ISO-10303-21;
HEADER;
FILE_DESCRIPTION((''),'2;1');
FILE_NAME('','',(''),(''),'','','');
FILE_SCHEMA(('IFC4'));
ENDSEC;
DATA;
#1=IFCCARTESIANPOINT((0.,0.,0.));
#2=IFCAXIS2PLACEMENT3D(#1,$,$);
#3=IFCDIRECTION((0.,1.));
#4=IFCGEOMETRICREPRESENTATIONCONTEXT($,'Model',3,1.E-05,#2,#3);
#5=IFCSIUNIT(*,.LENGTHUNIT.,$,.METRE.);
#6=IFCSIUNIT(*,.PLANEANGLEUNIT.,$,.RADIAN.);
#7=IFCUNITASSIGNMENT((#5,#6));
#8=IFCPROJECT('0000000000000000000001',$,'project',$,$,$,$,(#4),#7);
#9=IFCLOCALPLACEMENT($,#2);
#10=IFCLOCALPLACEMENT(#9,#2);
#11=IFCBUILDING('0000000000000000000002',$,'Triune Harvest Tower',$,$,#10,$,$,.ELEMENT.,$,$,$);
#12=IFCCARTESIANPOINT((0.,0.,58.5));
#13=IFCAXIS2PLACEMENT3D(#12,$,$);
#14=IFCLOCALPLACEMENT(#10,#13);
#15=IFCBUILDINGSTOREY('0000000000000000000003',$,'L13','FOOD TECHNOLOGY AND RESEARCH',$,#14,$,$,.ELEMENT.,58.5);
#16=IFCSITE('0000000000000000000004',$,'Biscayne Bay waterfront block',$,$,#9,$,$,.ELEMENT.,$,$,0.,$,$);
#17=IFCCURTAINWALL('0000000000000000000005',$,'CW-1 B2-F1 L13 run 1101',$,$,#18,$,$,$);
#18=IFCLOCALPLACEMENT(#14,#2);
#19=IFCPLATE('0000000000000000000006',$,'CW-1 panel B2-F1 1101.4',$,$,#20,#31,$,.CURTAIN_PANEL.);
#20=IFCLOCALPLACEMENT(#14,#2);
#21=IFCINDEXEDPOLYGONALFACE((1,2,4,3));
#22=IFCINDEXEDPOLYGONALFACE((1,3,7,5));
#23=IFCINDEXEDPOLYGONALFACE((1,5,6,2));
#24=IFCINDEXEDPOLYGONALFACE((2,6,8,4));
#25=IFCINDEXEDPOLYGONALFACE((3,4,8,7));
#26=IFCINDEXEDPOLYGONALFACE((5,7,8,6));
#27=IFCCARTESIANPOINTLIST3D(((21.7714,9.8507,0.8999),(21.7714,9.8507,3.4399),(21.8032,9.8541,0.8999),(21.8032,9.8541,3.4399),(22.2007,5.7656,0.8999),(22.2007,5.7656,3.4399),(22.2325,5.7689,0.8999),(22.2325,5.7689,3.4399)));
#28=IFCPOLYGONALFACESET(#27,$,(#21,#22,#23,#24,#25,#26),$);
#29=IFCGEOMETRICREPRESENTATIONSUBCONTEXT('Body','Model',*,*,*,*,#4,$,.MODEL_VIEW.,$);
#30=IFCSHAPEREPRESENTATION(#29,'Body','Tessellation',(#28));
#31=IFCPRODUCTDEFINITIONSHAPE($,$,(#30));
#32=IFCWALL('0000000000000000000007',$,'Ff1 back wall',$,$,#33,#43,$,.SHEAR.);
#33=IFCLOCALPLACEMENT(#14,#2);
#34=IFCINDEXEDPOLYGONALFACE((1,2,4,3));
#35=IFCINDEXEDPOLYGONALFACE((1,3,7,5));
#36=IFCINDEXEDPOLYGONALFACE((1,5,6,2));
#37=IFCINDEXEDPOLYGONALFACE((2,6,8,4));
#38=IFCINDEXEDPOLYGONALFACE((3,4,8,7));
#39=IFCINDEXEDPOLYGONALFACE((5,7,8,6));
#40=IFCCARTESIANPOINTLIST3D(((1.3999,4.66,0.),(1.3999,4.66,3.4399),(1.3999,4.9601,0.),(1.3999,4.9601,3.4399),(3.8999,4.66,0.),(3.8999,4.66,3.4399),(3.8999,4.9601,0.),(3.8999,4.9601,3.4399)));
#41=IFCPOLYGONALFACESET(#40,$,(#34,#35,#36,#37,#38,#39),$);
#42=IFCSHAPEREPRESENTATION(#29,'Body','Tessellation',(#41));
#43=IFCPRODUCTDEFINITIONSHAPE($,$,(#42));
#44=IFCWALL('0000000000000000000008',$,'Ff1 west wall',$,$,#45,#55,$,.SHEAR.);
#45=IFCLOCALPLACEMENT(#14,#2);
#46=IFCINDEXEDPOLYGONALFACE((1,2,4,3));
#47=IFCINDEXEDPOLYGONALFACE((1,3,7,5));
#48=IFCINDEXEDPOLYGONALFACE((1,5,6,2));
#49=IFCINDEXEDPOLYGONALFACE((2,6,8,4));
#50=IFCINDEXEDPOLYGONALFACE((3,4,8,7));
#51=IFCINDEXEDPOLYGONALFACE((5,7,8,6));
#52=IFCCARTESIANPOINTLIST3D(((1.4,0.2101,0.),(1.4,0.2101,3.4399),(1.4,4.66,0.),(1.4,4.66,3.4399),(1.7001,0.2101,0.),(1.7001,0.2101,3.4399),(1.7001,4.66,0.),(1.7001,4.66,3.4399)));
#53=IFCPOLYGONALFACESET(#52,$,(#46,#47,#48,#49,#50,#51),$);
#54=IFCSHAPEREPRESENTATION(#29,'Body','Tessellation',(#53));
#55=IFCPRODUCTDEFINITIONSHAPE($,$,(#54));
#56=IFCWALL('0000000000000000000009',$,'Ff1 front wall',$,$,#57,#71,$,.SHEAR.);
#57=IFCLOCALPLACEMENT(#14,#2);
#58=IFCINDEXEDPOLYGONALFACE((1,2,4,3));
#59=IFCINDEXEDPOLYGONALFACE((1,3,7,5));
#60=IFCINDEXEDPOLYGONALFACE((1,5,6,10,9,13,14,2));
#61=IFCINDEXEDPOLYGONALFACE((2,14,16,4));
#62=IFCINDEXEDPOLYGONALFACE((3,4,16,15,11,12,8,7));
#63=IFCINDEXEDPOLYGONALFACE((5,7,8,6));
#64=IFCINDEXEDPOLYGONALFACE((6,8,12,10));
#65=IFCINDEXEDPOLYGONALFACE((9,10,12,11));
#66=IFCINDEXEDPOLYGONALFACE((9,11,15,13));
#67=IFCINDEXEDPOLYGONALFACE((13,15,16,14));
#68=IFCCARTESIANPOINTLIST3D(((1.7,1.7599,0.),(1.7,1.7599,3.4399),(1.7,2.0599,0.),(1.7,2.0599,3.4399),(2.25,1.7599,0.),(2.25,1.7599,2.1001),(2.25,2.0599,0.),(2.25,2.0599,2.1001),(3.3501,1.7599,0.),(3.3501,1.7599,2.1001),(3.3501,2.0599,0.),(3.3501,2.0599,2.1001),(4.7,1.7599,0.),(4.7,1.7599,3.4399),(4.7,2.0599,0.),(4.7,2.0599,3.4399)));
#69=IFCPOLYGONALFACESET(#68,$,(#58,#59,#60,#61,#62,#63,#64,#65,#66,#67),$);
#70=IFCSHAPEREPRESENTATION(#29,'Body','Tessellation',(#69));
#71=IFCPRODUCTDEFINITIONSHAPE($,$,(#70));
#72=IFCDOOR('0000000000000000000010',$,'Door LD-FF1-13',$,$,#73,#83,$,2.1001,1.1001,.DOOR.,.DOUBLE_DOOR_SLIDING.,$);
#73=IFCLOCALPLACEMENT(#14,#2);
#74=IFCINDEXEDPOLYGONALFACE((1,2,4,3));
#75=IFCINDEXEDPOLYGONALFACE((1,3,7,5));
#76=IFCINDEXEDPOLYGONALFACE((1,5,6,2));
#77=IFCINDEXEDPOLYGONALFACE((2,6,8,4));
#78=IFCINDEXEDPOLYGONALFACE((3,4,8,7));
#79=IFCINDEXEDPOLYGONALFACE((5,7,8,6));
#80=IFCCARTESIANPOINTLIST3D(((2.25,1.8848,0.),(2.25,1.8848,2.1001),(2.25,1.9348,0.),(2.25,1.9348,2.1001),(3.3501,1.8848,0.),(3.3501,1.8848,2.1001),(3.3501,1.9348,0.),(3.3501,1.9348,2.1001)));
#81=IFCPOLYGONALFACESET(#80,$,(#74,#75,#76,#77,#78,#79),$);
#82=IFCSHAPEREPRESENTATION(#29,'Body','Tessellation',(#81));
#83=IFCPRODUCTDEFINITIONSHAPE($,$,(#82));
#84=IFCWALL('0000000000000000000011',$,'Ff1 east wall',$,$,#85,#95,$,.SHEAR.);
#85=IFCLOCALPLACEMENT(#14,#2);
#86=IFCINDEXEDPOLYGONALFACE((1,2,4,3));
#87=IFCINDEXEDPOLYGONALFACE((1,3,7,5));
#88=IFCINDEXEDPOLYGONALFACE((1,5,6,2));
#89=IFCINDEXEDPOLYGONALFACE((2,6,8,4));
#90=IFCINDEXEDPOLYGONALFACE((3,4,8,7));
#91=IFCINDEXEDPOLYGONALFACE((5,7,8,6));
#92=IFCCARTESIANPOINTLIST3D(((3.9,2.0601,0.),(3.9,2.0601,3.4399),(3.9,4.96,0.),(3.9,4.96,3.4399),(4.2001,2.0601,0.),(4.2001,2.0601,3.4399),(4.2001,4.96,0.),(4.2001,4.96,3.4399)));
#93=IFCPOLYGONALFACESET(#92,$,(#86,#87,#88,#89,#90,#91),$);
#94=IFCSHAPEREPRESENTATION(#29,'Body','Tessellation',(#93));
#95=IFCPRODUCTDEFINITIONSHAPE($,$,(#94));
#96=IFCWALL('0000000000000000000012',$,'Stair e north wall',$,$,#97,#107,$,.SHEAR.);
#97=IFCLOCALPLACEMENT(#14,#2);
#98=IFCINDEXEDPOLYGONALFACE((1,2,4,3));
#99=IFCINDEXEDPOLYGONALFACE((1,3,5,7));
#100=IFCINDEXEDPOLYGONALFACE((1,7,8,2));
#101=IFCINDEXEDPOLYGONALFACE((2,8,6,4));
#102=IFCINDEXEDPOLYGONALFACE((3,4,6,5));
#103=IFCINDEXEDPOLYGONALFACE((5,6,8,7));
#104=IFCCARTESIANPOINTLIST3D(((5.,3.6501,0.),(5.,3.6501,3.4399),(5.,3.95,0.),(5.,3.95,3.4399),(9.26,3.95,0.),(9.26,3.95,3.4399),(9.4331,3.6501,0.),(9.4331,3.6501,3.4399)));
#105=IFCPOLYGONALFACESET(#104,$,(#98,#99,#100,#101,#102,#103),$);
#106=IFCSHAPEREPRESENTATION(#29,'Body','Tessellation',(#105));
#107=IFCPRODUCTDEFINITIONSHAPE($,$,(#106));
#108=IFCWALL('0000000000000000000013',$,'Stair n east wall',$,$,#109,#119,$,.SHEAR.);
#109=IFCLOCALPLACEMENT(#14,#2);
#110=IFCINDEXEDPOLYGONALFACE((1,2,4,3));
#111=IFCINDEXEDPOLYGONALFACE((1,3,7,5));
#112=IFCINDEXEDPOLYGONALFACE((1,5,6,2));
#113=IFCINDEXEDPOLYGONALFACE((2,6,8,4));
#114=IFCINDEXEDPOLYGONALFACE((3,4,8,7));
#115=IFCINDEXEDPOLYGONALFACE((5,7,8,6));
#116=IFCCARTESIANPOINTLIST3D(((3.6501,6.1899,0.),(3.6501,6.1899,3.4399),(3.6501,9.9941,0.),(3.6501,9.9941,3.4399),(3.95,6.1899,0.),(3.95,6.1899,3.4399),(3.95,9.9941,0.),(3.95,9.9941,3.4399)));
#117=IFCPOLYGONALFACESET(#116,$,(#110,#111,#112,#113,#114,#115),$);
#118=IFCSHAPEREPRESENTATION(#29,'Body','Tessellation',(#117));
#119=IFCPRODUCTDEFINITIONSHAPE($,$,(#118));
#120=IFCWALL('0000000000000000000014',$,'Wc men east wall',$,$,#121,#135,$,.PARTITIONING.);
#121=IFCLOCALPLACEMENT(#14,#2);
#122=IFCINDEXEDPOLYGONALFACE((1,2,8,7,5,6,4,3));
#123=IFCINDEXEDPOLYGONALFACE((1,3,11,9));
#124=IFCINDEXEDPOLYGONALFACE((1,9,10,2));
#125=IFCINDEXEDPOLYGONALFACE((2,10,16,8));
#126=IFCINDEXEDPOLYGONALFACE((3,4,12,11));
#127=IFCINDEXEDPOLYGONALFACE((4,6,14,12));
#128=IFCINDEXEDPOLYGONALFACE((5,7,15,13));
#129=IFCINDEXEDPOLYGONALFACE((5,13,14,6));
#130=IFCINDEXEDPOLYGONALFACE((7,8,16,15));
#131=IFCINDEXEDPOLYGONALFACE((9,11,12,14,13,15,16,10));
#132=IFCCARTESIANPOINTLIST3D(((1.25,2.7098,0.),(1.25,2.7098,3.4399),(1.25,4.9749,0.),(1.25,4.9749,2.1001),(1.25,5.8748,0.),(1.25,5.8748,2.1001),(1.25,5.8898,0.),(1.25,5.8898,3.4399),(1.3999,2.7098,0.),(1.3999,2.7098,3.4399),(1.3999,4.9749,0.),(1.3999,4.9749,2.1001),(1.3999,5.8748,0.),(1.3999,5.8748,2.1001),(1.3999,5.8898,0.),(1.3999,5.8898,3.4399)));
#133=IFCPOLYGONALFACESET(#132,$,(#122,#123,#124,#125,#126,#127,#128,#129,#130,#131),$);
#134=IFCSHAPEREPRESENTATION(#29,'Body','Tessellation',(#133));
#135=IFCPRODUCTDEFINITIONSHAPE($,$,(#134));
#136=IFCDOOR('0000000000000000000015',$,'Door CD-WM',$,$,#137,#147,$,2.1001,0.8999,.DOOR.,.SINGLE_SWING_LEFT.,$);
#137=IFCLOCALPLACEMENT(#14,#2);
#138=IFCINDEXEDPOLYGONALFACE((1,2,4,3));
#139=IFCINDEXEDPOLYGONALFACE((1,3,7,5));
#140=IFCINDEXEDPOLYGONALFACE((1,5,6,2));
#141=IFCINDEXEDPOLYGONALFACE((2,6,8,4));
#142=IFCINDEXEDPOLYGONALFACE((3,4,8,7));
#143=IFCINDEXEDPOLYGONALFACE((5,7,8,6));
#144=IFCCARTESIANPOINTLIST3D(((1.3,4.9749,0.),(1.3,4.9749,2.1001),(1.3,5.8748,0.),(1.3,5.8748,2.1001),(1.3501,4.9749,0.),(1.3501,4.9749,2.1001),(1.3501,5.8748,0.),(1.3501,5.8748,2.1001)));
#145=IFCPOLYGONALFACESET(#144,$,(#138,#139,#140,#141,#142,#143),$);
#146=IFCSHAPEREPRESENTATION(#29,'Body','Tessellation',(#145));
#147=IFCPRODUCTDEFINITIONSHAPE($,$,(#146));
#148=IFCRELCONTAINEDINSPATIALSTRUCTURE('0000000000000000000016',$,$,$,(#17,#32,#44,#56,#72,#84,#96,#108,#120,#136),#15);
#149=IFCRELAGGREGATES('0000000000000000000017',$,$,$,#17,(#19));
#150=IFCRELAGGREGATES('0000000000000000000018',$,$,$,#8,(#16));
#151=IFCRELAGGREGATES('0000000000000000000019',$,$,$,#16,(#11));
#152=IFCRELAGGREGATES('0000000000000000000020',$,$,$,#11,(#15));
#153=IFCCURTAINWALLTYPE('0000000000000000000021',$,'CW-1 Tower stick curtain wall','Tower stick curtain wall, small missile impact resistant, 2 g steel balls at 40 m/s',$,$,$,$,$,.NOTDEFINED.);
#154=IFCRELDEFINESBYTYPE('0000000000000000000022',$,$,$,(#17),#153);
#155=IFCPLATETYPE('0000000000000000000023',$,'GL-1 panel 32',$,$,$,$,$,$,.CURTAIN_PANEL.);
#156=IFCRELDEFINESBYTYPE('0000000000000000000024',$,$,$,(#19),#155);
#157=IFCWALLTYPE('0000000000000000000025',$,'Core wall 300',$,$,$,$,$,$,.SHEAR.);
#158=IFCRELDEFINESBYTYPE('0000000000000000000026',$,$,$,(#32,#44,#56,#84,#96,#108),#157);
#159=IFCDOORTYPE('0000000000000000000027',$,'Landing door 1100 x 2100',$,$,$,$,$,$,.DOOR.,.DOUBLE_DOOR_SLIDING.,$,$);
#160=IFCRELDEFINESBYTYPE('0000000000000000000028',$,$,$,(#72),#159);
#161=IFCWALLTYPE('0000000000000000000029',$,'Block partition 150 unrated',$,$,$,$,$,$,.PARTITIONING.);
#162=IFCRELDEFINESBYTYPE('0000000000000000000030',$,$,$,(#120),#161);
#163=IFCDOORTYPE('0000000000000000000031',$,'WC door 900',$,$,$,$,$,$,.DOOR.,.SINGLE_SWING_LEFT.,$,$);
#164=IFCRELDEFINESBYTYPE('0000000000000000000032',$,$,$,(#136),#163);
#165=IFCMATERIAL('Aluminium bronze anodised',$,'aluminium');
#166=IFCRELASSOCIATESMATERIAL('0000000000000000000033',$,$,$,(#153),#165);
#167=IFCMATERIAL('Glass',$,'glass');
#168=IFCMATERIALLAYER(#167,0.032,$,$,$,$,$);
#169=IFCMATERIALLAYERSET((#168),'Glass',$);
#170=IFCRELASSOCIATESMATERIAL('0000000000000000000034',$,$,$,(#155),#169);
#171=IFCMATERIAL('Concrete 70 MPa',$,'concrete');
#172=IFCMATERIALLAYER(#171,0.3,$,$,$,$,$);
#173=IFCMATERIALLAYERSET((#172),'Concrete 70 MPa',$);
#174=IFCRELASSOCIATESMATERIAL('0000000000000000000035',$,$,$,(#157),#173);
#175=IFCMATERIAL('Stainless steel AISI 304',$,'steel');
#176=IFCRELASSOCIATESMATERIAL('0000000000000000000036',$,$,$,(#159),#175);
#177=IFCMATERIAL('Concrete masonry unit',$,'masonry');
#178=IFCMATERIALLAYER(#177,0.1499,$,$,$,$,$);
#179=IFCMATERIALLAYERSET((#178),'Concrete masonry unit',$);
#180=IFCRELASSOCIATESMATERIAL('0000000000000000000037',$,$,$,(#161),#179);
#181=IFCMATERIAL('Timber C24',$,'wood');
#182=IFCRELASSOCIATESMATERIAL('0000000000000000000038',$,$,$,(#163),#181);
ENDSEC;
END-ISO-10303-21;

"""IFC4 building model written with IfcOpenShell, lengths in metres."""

from ifc_helpers import new_model, si_unit, direction, frame, frame_2d, origin, origin_2d, place, context, subcontext, project, spatial, polyline, rectangle, outline, extrude, source, transform, mapped, material, layer, layer_set, type_object, element, fill, aggregate, save


model = new_model("IFC4")

# Units and contexts
model_context = context("Model", 3, precision=1e-05, world=origin(), true_north=direction((0.0, 1.0)))
body_context = subcontext(model_context, "Body", "Model", "MODEL_VIEW")
ifc_project = project(units=[si_unit("LENGTHUNIT", "METRE"), si_unit("PLANEANGLEUNIT", "RADIAN")], contexts=[model_context])

# Site, building, storey
site_placement = place(None, origin())
site = spatial("IfcSite", under=ifc_project, at=site_placement, Name="Biscayne Bay waterfront block", CompositionType="ELEMENT", RefElevation=0.0)
building_placement = place(site_placement, origin())
building = spatial("IfcBuilding", under=site, at=building_placement, Name="Triune Harvest Tower", CompositionType="ELEMENT")
storey_placement = place(building_placement, frame((0.0, 0.0, 58.5)))
storey = spatial("IfcBuildingStorey", under=building, at=storey_placement, Name="L13", Description="FOOD TECHNOLOGY AND RESEARCH", CompositionType="ELEMENT", Elevation=58.5)

# Curtain wall, plate
ifc_material_1 = material(Name="Aluminium bronze anodised", Category="aluminium")
curtain_wall_type = type_object("IfcCurtainWallType", Name="CW-1 Tower stick curtain wall", Description="Tower stick curtain wall, small missile impact resistant, 2 g steel balls at 40 m/s", PredefinedType="NOTDEFINED", material=ifc_material_1)
curtain_wall_placement = place(storey_placement, origin())
curtain_wall = element("IfcCurtainWall", 1, at=curtain_wall_placement, inside=storey, type_object=curtain_wall_type, Name="CW-1 B2-F1 L13 run 1101")
ifc_material_2 = material(Name="Glass", Category="glass")
ifc_layer_1 = layer(ifc_material_2, 0.032)
ifc_layer_set_1 = layer_set([ifc_layer_1], Name="Glass")
plate_type = type_object("IfcPlateType", Name="GL-1 panel 32", PredefinedType="CURTAIN_PANEL", material=ifc_layer_set_1)
shared_shape_1 = source(origin(), body_context, "Body", "SweptSolid", [
    extrude(rectangle(XDim=4.1077, YDim=0.032, at=origin_2d()), origin(), (0.0, 0.0, 1.0), 2.54),
])
plate_1_placement = place(storey_placement, frame((22.002, 7.8098, 0.8999), z_axis=(0.0, 0.0, 1.0), x_axis=(-0.104528, 0.994522, 0.0)))
plate_1 = element("IfcPlate", 2, at=plate_1_placement, type_object=plate_type, Name="CW-1 panel B2-F1 1101.4", PredefinedType="CURTAIN_PANEL", context=body_context, shape_type="MappedRepresentation", body=[
    mapped(shared_shape_1, transform((0.0, 0.0, 0.0), scale=1.0)),
])
aggregate(curtain_wall, [plate_1])

# Walls
ifc_material_3 = material(Name="Concrete 70 MPa", Category="concrete")
ifc_layer_2 = layer(ifc_material_3, 0.3)
ifc_layer_set_2 = layer_set([ifc_layer_2], Name="Concrete 70 MPa")
wall_type_1 = type_object("IfcWallType", Name="Core wall 300", PredefinedType="SHEAR", material=ifc_layer_set_2)
shared_shape_2 = source(origin(), body_context, "Body", "SweptSolid", [
    extrude(rectangle(XDim=2.5, YDim=0.3, at=frame_2d((1.25, 0.0))), origin(), (0.0, 0.0, 1.0), 3.4399),
])
wall_1_placement = place(storey_placement, frame((1.3999, 4.8101, 0.0), z_axis=(0.0, 0.0, 1.0), x_axis=(1.0, 0.0, 0.0)))
element("IfcWall", 3, at=wall_1_placement, inside=storey, type_object=wall_type_1, Name="Ff1 back wall", PredefinedType="SHEAR", context=body_context, shape_type="MappedRepresentation", body=[
    mapped(shared_shape_2, transform((0.0, 0.0, 0.0), scale=1.0)),
])
shared_shape_3 = source(origin(), body_context, "Body", "SweptSolid", [
    extrude(rectangle(XDim=4.45, YDim=0.3, at=frame_2d((2.2251, 0.0))), origin(), (0.0, 0.0, 1.0), 3.4399),
])
wall_2_placement = place(storey_placement, frame((1.55, 0.21, 0.0), z_axis=(0.0, 0.0, 1.0), x_axis=(0.0, 1.0, 0.0)))
element("IfcWall", 4, at=wall_2_placement, inside=storey, type_object=wall_type_1, Name="Ff1 west wall", PredefinedType="SHEAR", context=body_context, shape_type="MappedRepresentation", body=[
    mapped(shared_shape_3, transform((0.0, 0.0, 0.0), scale=1.0)),
])

# Wall, opening, door
shared_shape_4 = source(origin(), body_context, "Body", "SweptSolid", [
    extrude(rectangle(XDim=3.0, YDim=0.3, at=frame_2d((1.5, 0.0))), origin(), (0.0, 0.0, 1.0), 3.4399),
])
wall_3_placement = place(storey_placement, frame((1.7, 1.9099, 0.0), z_axis=(0.0, 0.0, 1.0), x_axis=(1.0, 0.0, 0.0)))
wall_3 = element("IfcWall", 5, at=wall_3_placement, inside=storey, type_object=wall_type_1, Name="Ff1 front wall", PredefinedType="SHEAR", context=body_context, shape_type="MappedRepresentation", body=[
    mapped(shared_shape_4, transform((0.0, 0.0, 0.0), scale=1.0)),
])
opening_1_placement = place(wall_3_placement, frame((0.55, 0.0, 0.0)))
opening_1 = element("IfcOpeningElement", 6, at=opening_1_placement, cuts=wall_3, PredefinedType="OPENING", context=body_context, shape_type="SweptSolid", body=[
    extrude(rectangle(XDim=1.1001, YDim=2.1001, at=frame_2d((0.55, 1.05))), frame((0.0, 0.1602, 0.0), z_axis=(0.0, -1.0, 0.0), x_axis=(1.0, 0.0, 0.0)), (0.0, 0.0, 1.0), 0.3201),
])
ifc_material_4 = material(Name="Stainless steel AISI 304", Category="steel")
door_type_1 = type_object("IfcDoorType", Name="Landing door 1100 x 2100", OperationType="DOUBLE_DOOR_SLIDING", PredefinedType="DOOR", material=ifc_material_4)
door_1_placement = place(opening_1_placement, origin())
door_1 = element("IfcDoor", 7, at=door_1_placement, inside=storey, type_object=door_type_1, Name="Door LD-FF1-13", OperationType="DOUBLE_DOOR_SLIDING", OverallHeight=2.1001, OverallWidth=1.1001, PredefinedType="DOOR", context=body_context, shape_type="SweptSolid", body=[
    extrude(rectangle(XDim=1.1001, YDim=2.1001, at=frame_2d((0.55, 1.05))), frame((0.0, 0.0249, 0.0), z_axis=(0.0, -1.0, 0.0), x_axis=(1.0, 0.0, 0.0)), (0.0, 0.0, 1.0), 0.05),
])
fill(opening_1, door_1)

# Walls
shared_shape_5 = source(origin(), body_context, "Body", "SweptSolid", [
    extrude(rectangle(XDim=2.8999, YDim=0.3, at=frame_2d((1.45, 0.0))), origin(), (0.0, 0.0, 1.0), 3.4399),
])
wall_4_placement = place(storey_placement, frame((4.05, 2.0601, 0.0), z_axis=(0.0, 0.0, 1.0), x_axis=(0.0, 1.0, 0.0)))
element("IfcWall", 8, at=wall_4_placement, inside=storey, type_object=wall_type_1, Name="Ff1 east wall", PredefinedType="SHEAR", context=body_context, shape_type="MappedRepresentation", body=[
    mapped(shared_shape_5, transform((0.0, 0.0, 0.0), scale=1.0)),
])
shared_shape_6 = source(origin(), body_context, "Body", "SweptSolid", [
    extrude(outline(polyline([(0.0, -0.1499), (0.0, 0.1499), (4.26, 0.1499), (4.4331, -0.1499), (0.0, -0.1499)])), origin(), (0.0, 0.0, 1.0), 3.4399),
])
wall_5_placement = place(storey_placement, frame((5.0, 3.8, 0.0), z_axis=(0.0, 0.0, 1.0), x_axis=(1.0, 0.0, 0.0)))
element("IfcWall", 9, at=wall_5_placement, inside=storey, type_object=wall_type_1, Name="Stair e north wall", PredefinedType="SHEAR", context=body_context, shape_type="MappedRepresentation", body=[
    mapped(shared_shape_6, transform((0.0, 0.0, 0.0), scale=1.0)),
])
shared_shape_7 = source(origin(), body_context, "Body", "SweptSolid", [
    extrude(outline(polyline([(0.0, -0.1499), (0.0, 0.1499), (3.8042, 0.1499), (3.8042, -0.1499), (0.0, -0.1499)])), origin(), (0.0, 0.0, 1.0), 3.4399),
])
wall_6_placement = place(storey_placement, frame((3.8, 6.1899, 0.0), z_axis=(0.0, 0.0, 1.0), x_axis=(0.0, 1.0, 0.0)))
element("IfcWall", 10, at=wall_6_placement, inside=storey, type_object=wall_type_1, Name="Stair n east wall", PredefinedType="SHEAR", context=body_context, shape_type="MappedRepresentation", body=[
    mapped(shared_shape_7, transform((0.0, 0.0, 0.0), scale=1.0)),
])

# Wall, opening, door
ifc_material_5 = material(Name="Concrete masonry unit", Category="masonry")
ifc_layer_3 = layer(ifc_material_5, 0.1499)
ifc_layer_set_3 = layer_set([ifc_layer_3], Name="Concrete masonry unit")
wall_type_2 = type_object("IfcWallType", Name="Block partition 150 unrated", PredefinedType="PARTITIONING", material=ifc_layer_set_3)
shared_shape_8 = source(origin(), body_context, "Body", "SweptSolid", [
    extrude(rectangle(XDim=3.1799, YDim=0.1499, at=frame_2d((1.5898, 0.0))), origin(), (0.0, 0.0, 1.0), 3.4399),
])
wall_7_placement = place(storey_placement, frame((1.325, 2.71, 0.0), z_axis=(0.0, 0.0, 1.0), x_axis=(0.0, 1.0, 0.0)))
wall_7 = element("IfcWall", 11, at=wall_7_placement, inside=storey, type_object=wall_type_2, Name="Wc men east wall", PredefinedType="PARTITIONING", context=body_context, shape_type="MappedRepresentation", body=[
    mapped(shared_shape_8, transform((0.0, 0.0, 0.0), scale=1.0)),
])
opening_2_placement = place(wall_7_placement, frame((2.2649, 0.0, 0.0)))
opening_2 = element("IfcOpeningElement", 12, at=opening_2_placement, cuts=wall_7, PredefinedType="OPENING", context=body_context, shape_type="SweptSolid", body=[
    extrude(rectangle(XDim=0.8999, YDim=2.1001, at=frame_2d((0.45, 1.05))), frame((0.0, 0.085, 0.0), z_axis=(0.0, -1.0, 0.0), x_axis=(1.0, 0.0, 0.0)), (0.0, 0.0, 1.0), 0.1699),
])
ifc_material_6 = material(Name="Timber C24", Category="wood")
door_type_2 = type_object("IfcDoorType", Name="WC door 900", OperationType="SINGLE_SWING_LEFT", PredefinedType="DOOR", material=ifc_material_6)
door_2_placement = place(opening_2_placement, origin())
door_2 = element("IfcDoor", 13, at=door_2_placement, inside=storey, type_object=door_type_2, Name="Door CD-WM", OperationType="SINGLE_SWING_LEFT", OverallHeight=2.1001, OverallWidth=0.8999, PredefinedType="DOOR", context=body_context, shape_type="SweptSolid", body=[
    extrude(rectangle(XDim=0.8999, YDim=2.1001, at=frame_2d((0.45, 1.05))), frame((0.0, 0.0249, 0.0), z_axis=(0.0, -1.0, 0.0), x_axis=(1.0, 0.0, 0.0)), (0.0, 0.0, 1.0), 0.05),
])
fill(opening_2, door_2)

save(model, "model.ifc")
